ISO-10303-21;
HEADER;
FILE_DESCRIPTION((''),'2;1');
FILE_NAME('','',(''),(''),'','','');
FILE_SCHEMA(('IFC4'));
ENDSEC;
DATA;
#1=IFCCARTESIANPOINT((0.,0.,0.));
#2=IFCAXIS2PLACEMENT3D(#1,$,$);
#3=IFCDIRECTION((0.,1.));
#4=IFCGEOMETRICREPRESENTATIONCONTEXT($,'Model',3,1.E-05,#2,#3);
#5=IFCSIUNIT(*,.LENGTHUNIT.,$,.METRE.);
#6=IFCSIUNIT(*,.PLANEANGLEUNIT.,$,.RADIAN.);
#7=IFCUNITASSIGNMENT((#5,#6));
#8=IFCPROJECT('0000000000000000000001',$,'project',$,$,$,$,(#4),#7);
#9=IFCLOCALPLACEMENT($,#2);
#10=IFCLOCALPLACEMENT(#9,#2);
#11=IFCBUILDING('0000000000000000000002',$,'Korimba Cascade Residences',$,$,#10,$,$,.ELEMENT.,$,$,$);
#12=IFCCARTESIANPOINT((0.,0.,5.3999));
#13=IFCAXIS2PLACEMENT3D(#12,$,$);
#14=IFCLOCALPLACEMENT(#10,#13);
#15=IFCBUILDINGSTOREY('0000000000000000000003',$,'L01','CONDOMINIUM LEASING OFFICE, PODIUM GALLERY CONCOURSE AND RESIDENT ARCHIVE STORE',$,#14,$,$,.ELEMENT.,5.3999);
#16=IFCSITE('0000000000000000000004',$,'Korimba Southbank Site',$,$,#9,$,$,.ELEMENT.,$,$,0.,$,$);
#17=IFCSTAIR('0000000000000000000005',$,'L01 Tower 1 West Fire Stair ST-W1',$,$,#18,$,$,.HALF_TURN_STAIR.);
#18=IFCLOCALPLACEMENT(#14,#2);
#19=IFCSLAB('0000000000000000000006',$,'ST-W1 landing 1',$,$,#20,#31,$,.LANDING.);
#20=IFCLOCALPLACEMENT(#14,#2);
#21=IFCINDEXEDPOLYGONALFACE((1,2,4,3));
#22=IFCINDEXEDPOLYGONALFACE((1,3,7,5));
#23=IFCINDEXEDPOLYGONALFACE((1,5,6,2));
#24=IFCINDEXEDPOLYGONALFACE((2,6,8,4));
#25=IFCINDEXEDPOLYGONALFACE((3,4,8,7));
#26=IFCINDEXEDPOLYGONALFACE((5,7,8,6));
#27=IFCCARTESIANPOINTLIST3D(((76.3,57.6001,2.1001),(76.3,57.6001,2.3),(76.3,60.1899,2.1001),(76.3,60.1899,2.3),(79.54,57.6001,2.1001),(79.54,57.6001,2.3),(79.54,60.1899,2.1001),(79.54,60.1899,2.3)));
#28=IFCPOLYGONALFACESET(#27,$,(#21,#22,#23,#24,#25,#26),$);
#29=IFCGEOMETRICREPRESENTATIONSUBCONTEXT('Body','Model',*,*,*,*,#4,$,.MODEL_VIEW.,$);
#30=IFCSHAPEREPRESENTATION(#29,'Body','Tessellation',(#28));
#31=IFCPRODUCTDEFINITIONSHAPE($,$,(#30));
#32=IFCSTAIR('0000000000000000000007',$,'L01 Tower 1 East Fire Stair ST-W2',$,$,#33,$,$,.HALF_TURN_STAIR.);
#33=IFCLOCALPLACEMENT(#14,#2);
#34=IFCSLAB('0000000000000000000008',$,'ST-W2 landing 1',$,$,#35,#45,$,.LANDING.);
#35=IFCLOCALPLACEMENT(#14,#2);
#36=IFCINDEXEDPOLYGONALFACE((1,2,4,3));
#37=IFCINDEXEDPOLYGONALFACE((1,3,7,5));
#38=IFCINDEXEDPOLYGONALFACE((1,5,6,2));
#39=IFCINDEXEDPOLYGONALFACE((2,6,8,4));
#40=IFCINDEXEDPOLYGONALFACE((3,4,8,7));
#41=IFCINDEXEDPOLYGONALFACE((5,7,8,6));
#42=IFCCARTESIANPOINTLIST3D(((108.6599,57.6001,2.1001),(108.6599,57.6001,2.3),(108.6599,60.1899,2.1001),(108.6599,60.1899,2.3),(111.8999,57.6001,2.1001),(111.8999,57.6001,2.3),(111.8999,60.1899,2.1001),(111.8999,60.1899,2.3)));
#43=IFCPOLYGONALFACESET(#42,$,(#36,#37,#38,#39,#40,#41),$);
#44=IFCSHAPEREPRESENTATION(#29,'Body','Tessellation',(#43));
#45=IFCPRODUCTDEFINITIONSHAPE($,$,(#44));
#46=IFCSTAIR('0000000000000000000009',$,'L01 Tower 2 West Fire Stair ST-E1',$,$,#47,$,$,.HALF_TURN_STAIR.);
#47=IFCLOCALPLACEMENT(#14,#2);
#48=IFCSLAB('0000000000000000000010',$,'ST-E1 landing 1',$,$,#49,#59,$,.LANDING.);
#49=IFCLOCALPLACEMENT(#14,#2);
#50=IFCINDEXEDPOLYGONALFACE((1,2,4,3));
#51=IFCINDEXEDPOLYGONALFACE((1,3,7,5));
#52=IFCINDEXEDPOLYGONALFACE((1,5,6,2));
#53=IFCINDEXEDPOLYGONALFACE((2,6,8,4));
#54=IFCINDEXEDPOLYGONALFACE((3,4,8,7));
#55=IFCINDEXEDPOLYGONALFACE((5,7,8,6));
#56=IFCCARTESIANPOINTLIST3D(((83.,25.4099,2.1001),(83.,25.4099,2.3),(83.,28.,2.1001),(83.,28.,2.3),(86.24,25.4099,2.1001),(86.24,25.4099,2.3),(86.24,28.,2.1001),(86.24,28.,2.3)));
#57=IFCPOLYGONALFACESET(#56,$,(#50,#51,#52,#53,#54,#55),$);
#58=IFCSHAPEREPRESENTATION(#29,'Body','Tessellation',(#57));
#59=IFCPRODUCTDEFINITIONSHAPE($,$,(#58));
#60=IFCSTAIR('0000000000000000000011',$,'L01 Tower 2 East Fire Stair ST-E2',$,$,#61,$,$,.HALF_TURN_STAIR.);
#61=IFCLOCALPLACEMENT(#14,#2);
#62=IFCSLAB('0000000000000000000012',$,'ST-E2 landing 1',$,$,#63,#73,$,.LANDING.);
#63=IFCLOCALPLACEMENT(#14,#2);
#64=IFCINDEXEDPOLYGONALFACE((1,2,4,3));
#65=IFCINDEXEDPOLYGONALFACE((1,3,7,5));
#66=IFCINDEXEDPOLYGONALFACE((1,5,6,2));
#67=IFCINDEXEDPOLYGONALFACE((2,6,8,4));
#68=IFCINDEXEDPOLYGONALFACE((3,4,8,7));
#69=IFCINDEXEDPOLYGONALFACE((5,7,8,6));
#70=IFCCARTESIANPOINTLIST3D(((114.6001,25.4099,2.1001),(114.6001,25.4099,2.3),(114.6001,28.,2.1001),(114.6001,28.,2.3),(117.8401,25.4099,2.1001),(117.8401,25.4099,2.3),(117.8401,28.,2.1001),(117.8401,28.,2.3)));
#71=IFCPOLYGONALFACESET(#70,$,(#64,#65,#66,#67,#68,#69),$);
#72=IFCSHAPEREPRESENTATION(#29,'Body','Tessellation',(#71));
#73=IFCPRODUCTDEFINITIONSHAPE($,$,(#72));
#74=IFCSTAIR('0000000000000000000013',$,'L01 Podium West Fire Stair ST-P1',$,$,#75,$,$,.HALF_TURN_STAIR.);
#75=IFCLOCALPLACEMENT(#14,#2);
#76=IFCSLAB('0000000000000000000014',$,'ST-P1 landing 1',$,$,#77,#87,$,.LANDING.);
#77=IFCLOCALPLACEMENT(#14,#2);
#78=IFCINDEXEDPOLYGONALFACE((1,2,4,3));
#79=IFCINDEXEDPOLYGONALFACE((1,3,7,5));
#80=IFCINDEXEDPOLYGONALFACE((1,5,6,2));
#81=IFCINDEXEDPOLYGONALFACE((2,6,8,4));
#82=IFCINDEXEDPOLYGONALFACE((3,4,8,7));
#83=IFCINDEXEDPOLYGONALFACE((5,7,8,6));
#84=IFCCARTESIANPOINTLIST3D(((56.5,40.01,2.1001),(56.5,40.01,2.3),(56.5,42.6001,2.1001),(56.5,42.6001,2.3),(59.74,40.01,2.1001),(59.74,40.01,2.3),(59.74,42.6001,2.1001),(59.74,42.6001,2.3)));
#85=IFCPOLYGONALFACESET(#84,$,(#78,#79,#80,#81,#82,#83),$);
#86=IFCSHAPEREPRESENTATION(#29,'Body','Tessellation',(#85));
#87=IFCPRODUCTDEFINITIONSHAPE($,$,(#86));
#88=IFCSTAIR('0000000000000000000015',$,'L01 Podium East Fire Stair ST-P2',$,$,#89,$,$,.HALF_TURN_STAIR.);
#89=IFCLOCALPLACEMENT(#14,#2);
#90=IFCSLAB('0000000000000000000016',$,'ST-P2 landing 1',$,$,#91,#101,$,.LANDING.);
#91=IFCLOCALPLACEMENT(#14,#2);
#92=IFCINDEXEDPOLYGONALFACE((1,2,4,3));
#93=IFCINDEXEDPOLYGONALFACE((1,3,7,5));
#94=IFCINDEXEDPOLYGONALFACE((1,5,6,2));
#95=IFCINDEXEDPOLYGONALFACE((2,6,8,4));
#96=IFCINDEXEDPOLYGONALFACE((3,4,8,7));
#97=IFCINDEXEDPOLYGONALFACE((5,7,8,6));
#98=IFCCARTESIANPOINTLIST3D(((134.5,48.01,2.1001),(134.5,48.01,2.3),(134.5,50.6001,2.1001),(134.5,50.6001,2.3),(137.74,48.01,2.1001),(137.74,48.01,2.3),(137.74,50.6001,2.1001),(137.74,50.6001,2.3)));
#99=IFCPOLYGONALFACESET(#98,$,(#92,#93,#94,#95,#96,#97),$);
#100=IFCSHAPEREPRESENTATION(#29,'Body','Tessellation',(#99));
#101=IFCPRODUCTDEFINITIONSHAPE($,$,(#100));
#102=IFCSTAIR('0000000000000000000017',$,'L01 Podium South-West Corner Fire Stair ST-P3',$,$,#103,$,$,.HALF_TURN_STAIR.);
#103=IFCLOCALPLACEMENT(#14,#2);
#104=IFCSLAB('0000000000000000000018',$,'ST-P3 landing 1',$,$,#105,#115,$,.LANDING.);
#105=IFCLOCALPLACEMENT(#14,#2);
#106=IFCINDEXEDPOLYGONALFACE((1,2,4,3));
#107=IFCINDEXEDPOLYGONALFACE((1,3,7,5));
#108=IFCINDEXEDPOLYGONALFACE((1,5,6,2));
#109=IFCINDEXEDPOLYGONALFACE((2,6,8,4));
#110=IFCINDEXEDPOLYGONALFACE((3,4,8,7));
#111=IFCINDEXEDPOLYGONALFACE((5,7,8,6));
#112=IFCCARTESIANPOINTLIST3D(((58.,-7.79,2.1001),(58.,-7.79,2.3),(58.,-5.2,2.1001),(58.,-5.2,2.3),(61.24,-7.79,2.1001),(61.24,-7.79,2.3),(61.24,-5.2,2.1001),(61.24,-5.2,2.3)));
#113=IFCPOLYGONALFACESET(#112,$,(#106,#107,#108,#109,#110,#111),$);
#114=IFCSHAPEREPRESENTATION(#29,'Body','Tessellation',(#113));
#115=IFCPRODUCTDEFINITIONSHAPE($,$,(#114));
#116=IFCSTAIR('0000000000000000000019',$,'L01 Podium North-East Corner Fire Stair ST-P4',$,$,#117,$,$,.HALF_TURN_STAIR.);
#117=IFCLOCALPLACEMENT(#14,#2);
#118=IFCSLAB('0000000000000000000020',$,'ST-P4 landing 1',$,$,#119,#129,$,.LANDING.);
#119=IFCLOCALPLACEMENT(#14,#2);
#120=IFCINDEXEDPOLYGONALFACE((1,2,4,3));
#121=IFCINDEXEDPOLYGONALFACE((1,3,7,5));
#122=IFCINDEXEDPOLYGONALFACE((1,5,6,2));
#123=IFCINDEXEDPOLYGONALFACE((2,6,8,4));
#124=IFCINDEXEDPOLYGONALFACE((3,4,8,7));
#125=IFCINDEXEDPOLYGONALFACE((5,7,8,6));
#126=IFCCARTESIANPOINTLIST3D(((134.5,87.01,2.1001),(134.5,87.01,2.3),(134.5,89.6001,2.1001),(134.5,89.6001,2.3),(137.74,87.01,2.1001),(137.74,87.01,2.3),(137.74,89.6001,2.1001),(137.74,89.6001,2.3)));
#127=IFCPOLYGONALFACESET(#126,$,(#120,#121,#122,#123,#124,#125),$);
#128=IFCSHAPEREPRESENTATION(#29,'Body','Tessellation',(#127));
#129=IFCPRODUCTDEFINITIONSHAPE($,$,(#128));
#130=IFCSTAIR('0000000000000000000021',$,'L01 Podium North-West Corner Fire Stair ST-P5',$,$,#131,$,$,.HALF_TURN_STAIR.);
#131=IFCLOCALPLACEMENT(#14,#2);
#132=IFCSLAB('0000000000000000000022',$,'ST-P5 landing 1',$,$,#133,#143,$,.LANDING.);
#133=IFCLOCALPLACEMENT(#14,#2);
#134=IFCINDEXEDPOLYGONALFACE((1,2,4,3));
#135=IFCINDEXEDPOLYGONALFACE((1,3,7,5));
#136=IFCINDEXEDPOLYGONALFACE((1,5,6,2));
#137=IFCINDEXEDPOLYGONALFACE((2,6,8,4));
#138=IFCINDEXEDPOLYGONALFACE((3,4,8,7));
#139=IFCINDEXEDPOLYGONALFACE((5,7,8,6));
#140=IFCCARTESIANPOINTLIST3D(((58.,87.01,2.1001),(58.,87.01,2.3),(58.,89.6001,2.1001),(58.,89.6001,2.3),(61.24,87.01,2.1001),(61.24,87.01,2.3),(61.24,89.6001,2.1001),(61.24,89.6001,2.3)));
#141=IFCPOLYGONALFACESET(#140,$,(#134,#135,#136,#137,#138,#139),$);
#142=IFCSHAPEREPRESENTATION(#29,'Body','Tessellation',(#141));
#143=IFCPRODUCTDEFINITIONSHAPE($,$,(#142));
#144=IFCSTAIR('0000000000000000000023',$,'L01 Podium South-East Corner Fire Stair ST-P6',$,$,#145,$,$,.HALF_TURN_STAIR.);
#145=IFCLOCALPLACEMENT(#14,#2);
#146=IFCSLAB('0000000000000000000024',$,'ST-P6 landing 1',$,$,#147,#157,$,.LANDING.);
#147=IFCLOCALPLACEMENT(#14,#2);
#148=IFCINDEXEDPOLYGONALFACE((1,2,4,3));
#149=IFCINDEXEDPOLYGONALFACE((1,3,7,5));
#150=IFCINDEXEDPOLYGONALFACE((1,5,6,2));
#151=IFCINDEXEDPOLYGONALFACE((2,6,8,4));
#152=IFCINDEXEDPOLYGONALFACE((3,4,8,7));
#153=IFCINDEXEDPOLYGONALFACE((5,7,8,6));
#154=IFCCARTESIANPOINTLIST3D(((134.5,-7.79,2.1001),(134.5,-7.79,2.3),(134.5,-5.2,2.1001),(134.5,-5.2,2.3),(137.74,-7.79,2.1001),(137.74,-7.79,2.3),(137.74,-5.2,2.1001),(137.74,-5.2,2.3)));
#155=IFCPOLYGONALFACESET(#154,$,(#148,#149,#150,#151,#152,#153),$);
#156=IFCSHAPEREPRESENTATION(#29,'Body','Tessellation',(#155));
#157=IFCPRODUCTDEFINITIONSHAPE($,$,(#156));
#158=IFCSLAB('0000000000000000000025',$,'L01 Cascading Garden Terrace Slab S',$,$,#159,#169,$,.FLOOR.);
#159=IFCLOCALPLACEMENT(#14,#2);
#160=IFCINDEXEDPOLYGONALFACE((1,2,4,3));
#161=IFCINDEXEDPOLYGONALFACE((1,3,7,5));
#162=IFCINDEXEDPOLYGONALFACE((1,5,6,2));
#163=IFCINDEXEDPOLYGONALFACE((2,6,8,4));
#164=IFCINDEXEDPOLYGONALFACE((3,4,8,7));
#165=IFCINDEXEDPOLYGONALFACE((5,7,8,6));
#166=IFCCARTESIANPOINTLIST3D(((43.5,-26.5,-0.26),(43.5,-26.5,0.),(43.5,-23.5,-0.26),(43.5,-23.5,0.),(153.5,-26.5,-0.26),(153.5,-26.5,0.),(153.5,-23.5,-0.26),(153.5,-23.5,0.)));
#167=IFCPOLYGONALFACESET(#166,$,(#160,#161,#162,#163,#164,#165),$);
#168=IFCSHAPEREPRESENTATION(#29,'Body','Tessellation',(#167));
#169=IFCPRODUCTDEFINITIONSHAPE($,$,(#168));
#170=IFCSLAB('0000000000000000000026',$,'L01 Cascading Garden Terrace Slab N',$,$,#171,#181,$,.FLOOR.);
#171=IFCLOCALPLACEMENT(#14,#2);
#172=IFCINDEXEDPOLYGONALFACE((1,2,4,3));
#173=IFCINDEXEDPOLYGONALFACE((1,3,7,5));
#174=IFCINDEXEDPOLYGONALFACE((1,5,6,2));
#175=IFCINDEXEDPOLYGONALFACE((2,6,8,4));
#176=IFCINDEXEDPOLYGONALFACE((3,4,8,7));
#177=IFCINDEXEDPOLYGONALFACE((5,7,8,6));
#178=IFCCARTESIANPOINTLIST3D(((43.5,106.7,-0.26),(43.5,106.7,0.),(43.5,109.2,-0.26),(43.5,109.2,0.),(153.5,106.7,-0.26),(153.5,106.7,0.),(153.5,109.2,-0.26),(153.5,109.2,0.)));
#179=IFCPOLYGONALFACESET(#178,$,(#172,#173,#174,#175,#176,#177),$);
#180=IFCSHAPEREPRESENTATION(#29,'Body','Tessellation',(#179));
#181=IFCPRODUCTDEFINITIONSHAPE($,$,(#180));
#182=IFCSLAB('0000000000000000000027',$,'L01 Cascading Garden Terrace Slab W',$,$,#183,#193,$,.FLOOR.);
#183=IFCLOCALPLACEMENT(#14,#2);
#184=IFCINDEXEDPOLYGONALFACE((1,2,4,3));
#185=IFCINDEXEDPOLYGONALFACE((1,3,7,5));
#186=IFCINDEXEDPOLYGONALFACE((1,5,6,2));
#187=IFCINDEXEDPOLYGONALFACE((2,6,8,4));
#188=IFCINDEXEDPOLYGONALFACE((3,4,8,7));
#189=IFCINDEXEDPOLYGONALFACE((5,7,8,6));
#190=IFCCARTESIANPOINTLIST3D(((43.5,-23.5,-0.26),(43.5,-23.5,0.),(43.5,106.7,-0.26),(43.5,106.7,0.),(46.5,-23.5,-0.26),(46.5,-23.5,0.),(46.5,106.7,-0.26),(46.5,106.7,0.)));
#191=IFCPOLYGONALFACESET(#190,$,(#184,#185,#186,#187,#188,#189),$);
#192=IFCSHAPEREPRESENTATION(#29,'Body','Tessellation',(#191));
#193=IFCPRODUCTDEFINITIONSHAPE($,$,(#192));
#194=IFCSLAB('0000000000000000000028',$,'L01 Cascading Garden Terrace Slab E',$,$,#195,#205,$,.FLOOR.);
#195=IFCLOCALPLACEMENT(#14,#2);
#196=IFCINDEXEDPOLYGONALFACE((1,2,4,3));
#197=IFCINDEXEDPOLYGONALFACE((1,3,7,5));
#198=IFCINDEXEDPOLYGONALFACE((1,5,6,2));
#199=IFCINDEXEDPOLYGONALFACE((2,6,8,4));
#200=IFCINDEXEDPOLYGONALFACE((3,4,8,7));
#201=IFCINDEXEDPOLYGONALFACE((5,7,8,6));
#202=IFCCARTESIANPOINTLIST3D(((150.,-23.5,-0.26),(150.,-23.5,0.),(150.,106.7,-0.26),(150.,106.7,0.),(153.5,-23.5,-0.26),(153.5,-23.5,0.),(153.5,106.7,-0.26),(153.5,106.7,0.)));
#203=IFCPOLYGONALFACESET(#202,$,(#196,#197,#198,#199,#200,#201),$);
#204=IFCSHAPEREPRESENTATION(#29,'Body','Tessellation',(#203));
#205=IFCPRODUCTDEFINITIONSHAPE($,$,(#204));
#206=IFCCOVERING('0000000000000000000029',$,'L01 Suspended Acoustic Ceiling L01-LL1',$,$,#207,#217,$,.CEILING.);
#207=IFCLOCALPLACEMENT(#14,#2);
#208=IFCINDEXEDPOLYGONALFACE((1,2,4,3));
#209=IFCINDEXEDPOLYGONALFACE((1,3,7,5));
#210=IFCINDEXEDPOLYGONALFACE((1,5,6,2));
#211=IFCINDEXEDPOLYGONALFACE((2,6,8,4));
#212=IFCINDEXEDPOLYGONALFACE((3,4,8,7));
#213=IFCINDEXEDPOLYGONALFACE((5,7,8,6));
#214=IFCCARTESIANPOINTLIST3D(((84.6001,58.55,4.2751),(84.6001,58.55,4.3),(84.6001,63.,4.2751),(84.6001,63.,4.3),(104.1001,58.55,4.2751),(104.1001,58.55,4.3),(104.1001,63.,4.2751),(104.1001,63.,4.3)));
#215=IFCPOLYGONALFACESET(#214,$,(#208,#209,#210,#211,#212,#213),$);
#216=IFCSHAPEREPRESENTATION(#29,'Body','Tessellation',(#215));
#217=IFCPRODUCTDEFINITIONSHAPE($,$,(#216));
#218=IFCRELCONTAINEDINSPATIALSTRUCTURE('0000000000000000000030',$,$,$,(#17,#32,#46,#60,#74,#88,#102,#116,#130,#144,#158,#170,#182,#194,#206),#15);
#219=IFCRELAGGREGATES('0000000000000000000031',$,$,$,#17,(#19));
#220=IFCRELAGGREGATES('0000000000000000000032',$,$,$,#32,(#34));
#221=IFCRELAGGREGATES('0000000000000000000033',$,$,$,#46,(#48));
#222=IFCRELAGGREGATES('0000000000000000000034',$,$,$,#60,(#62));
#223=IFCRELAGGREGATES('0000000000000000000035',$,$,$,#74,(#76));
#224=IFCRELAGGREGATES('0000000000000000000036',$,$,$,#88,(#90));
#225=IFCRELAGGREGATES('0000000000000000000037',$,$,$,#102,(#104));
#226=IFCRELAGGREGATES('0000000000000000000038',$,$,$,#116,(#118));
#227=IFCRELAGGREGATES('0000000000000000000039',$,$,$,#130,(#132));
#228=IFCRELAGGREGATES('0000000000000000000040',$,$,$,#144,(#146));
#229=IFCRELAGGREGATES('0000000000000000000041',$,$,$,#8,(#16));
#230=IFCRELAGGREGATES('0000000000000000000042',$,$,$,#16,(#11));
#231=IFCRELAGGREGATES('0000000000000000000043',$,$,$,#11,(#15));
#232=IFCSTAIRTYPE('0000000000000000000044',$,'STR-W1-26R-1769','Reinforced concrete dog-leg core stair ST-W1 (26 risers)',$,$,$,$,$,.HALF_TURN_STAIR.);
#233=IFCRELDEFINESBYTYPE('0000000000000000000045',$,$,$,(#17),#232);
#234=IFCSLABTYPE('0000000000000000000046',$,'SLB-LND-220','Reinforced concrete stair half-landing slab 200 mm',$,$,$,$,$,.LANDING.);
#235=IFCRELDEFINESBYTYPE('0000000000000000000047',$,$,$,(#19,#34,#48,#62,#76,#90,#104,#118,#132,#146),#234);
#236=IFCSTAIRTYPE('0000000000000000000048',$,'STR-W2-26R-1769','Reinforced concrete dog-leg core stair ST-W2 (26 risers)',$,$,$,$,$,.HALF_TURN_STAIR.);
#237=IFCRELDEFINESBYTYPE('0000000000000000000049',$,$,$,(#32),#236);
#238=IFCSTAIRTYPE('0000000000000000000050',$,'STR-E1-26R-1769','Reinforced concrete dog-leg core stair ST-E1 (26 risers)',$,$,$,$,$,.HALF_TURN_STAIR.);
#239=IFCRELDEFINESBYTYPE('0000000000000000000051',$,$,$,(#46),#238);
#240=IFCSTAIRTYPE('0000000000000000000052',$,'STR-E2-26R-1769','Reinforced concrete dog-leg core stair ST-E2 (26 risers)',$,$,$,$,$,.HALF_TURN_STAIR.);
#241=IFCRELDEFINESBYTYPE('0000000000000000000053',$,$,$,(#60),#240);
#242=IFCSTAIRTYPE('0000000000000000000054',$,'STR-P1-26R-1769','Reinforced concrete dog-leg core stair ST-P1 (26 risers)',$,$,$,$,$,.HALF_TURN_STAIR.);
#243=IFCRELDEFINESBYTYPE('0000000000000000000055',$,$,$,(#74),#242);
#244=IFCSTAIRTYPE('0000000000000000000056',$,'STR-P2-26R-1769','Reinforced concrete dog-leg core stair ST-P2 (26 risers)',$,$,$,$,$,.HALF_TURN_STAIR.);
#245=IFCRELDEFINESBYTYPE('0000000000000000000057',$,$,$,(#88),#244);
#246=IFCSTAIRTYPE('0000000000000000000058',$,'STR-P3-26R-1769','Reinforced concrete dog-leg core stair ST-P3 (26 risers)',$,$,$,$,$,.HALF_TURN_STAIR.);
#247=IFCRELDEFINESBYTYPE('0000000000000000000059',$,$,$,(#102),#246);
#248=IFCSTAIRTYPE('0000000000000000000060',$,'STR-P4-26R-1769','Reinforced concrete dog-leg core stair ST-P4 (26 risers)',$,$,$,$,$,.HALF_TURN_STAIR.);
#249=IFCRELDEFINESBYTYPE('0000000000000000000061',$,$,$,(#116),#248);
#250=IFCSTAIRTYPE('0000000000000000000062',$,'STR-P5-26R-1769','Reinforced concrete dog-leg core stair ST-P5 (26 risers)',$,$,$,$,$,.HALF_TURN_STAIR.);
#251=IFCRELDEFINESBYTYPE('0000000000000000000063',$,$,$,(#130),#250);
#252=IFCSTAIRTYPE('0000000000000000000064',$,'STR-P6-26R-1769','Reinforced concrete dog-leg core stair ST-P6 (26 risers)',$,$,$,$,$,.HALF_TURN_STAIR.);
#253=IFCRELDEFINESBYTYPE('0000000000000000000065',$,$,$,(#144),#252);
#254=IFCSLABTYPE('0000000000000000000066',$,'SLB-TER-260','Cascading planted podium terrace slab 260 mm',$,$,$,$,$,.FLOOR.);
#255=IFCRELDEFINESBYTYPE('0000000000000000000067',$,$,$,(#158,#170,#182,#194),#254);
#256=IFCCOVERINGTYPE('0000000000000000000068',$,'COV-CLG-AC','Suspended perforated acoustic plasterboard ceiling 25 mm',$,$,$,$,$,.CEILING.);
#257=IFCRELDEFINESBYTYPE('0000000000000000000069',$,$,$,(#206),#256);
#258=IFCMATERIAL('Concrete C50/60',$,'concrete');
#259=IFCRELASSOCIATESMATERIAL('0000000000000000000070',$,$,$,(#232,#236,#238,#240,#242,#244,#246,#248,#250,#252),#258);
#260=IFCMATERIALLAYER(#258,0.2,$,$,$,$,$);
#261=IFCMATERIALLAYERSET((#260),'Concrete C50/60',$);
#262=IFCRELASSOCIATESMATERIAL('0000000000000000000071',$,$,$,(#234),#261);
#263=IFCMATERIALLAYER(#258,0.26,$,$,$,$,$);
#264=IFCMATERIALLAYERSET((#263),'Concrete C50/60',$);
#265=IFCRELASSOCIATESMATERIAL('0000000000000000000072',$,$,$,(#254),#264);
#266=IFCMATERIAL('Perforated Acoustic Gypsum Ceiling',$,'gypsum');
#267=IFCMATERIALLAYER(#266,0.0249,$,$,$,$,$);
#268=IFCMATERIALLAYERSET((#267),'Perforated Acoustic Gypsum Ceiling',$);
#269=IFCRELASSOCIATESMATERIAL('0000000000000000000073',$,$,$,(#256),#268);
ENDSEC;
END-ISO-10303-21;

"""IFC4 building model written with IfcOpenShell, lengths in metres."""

from ifc_helpers import new_model, si_unit, direction, frame, origin, place, context, subcontext, project, spatial, polyline, outline, extrude, material, layer, layer_set, type_object, element, aggregate, save


model = new_model("IFC4")

# Units and contexts
model_context = context("Model", 3, precision=1e-05, world=origin(), true_north=direction((0.0, 1.0)))
body_context = subcontext(model_context, "Body", "Model", "MODEL_VIEW")
ifc_project = project(units=[si_unit("LENGTHUNIT", "METRE"), si_unit("PLANEANGLEUNIT", "RADIAN")], contexts=[model_context])

# Site, building, storey
site_placement = place(None, origin())
site = spatial("IfcSite", under=ifc_project, at=site_placement, Name="Korimba Southbank Site", CompositionType="ELEMENT", RefElevation=0.0)
building_placement = place(site_placement, origin())
building = spatial("IfcBuilding", under=site, at=building_placement, Name="Korimba Cascade Residences", CompositionType="ELEMENT")
storey_placement = place(building_placement, frame((0.0, 0.0, 5.3999)))
storey = spatial("IfcBuildingStorey", under=building, at=storey_placement, Name="L01", Description="CONDOMINIUM LEASING OFFICE, PODIUM GALLERY CONCOURSE AND RESIDENT ARCHIVE STORE", CompositionType="ELEMENT", Elevation=5.3999)

# Stairs, slabs
ifc_material_1 = material(Name="Concrete C50/60", Category="concrete")
stair_type_1 = type_object("IfcStairType", Name="STR-W1-26R-1769", Description="Reinforced concrete dog-leg core stair ST-W1 (26 risers)", PredefinedType="HALF_TURN_STAIR", material=ifc_material_1)
stair_1_placement = place(storey_placement, origin())
stair_1 = element("IfcStair", 1, at=stair_1_placement, inside=storey, type_object=stair_type_1, Name="L01 Tower 1 West Fire Stair ST-W1", PredefinedType="HALF_TURN_STAIR")
ifc_layer_1 = layer(ifc_material_1, 0.2)
ifc_layer_set_1 = layer_set([ifc_layer_1], Name="Concrete C50/60")
slab_type_1 = type_object("IfcSlabType", Name="SLB-LND-220", Description="Reinforced concrete stair half-landing slab 200 mm", PredefinedType="LANDING", material=ifc_layer_set_1)
slab_1_placement = place(storey_placement, frame((0.0, 0.0, 2.1001)))
slab_1 = element("IfcSlab", 2, at=slab_1_placement, type_object=slab_type_1, Name="ST-W1 landing 1", PredefinedType="LANDING", context=body_context, shape_type="SweptSolid", body=[
    extrude(outline(polyline([(76.3, 60.1899), (76.3, 57.6001), (79.54, 57.6001), (79.54, 60.1899), (76.3, 60.1899)])), origin(), (0.0, 0.0, 1.0), 0.2),
])
aggregate(stair_1, [slab_1])
stair_type_2 = type_object("IfcStairType", Name="STR-W2-26R-1769", Description="Reinforced concrete dog-leg core stair ST-W2 (26 risers)", PredefinedType="HALF_TURN_STAIR", material=ifc_material_1)
stair_2_placement = place(storey_placement, origin())
stair_2 = element("IfcStair", 3, at=stair_2_placement, inside=storey, type_object=stair_type_2, Name="L01 Tower 1 East Fire Stair ST-W2", PredefinedType="HALF_TURN_STAIR")
slab_2_placement = place(storey_placement, frame((0.0, 0.0, 2.1001)))
slab_2 = element("IfcSlab", 4, at=slab_2_placement, type_object=slab_type_1, Name="ST-W2 landing 1", PredefinedType="LANDING", context=body_context, shape_type="SweptSolid", body=[
    extrude(outline(polyline([(108.6599, 60.1899), (108.6599, 57.6001), (111.8999, 57.6001), (111.8999, 60.1899), (108.6599, 60.1899)])), origin(), (0.0, 0.0, 1.0), 0.2),
])
aggregate(stair_2, [slab_2])
stair_type_3 = type_object("IfcStairType", Name="STR-E1-26R-1769", Description="Reinforced concrete dog-leg core stair ST-E1 (26 risers)", PredefinedType="HALF_TURN_STAIR", material=ifc_material_1)
stair_3_placement = place(storey_placement, origin())
stair_3 = element("IfcStair", 5, at=stair_3_placement, inside=storey, type_object=stair_type_3, Name="L01 Tower 2 West Fire Stair ST-E1", PredefinedType="HALF_TURN_STAIR")
slab_3_placement = place(storey_placement, frame((0.0, 0.0, 2.1001)))
slab_3 = element("IfcSlab", 6, at=slab_3_placement, type_object=slab_type_1, Name="ST-E1 landing 1", PredefinedType="LANDING", context=body_context, shape_type="SweptSolid", body=[
    extrude(outline(polyline([(86.24, 25.4099), (86.24, 28.0), (83.0, 28.0), (83.0, 25.4099), (86.24, 25.4099)])), origin(), (0.0, 0.0, 1.0), 0.2),
])
aggregate(stair_3, [slab_3])
stair_type_4 = type_object("IfcStairType", Name="STR-E2-26R-1769", Description="Reinforced concrete dog-leg core stair ST-E2 (26 risers)", PredefinedType="HALF_TURN_STAIR", material=ifc_material_1)
stair_4_placement = place(storey_placement, origin())
stair_4 = element("IfcStair", 7, at=stair_4_placement, inside=storey, type_object=stair_type_4, Name="L01 Tower 2 East Fire Stair ST-E2", PredefinedType="HALF_TURN_STAIR")
slab_4_placement = place(storey_placement, frame((0.0, 0.0, 2.1001)))
slab_4 = element("IfcSlab", 8, at=slab_4_placement, type_object=slab_type_1, Name="ST-E2 landing 1", PredefinedType="LANDING", context=body_context, shape_type="SweptSolid", body=[
    extrude(outline(polyline([(117.8401, 25.4099), (117.8401, 28.0), (114.6001, 28.0), (114.6001, 25.4099), (117.8401, 25.4099)])), origin(), (0.0, 0.0, 1.0), 0.2),
])
aggregate(stair_4, [slab_4])
stair_type_5 = type_object("IfcStairType", Name="STR-P1-26R-1769", Description="Reinforced concrete dog-leg core stair ST-P1 (26 risers)", PredefinedType="HALF_TURN_STAIR", material=ifc_material_1)
stair_5_placement = place(storey_placement, origin())
stair_5 = element("IfcStair", 9, at=stair_5_placement, inside=storey, type_object=stair_type_5, Name="L01 Podium West Fire Stair ST-P1", PredefinedType="HALF_TURN_STAIR")
slab_5_placement = place(storey_placement, frame((0.0, 0.0, 2.1001)))
slab_5 = element("IfcSlab", 10, at=slab_5_placement, type_object=slab_type_1, Name="ST-P1 landing 1", PredefinedType="LANDING", context=body_context, shape_type="SweptSolid", body=[
    extrude(outline(polyline([(59.74, 40.01), (59.74, 42.6001), (56.5, 42.6001), (56.5, 40.01), (59.74, 40.01)])), origin(), (0.0, 0.0, 1.0), 0.2),
])
aggregate(stair_5, [slab_5])
stair_type_6 = type_object("IfcStairType", Name="STR-P2-26R-1769", Description="Reinforced concrete dog-leg core stair ST-P2 (26 risers)", PredefinedType="HALF_TURN_STAIR", material=ifc_material_1)
stair_6_placement = place(storey_placement, origin())
stair_6 = element("IfcStair", 11, at=stair_6_placement, inside=storey, type_object=stair_type_6, Name="L01 Podium East Fire Stair ST-P2", PredefinedType="HALF_TURN_STAIR")
slab_6_placement = place(storey_placement, frame((0.0, 0.0, 2.1001)))
slab_6 = element("IfcSlab", 12, at=slab_6_placement, type_object=slab_type_1, Name="ST-P2 landing 1", PredefinedType="LANDING", context=body_context, shape_type="SweptSolid", body=[
    extrude(outline(polyline([(137.74, 48.01), (137.74, 50.6001), (134.5, 50.6001), (134.5, 48.01), (137.74, 48.01)])), origin(), (0.0, 0.0, 1.0), 0.2),
])
aggregate(stair_6, [slab_6])
stair_type_7 = type_object("IfcStairType", Name="STR-P3-26R-1769", Description="Reinforced concrete dog-leg core stair ST-P3 (26 risers)", PredefinedType="HALF_TURN_STAIR", material=ifc_material_1)
stair_7_placement = place(storey_placement, origin())
stair_7 = element("IfcStair", 13, at=stair_7_placement, inside=storey, type_object=stair_type_7, Name="L01 Podium South-West Corner Fire Stair ST-P3", PredefinedType="HALF_TURN_STAIR")
slab_7_placement = place(storey_placement, frame((0.0, 0.0, 2.1001)))
slab_7 = element("IfcSlab", 14, at=slab_7_placement, type_object=slab_type_1, Name="ST-P3 landing 1", PredefinedType="LANDING", context=body_context, shape_type="SweptSolid", body=[
    extrude(outline(polyline([(61.24, -7.79), (61.24, -5.2), (58.0, -5.2), (58.0, -7.79), (61.24, -7.79)])), origin(), (0.0, 0.0, 1.0), 0.2),
])
aggregate(stair_7, [slab_7])
stair_type_8 = type_object("IfcStairType", Name="STR-P4-26R-1769", Description="Reinforced concrete dog-leg core stair ST-P4 (26 risers)", PredefinedType="HALF_TURN_STAIR", material=ifc_material_1)
stair_8_placement = place(storey_placement, origin())
stair_8 = element("IfcStair", 15, at=stair_8_placement, inside=storey, type_object=stair_type_8, Name="L01 Podium North-East Corner Fire Stair ST-P4", PredefinedType="HALF_TURN_STAIR")
slab_8_placement = place(storey_placement, frame((0.0, 0.0, 2.1001)))
slab_8 = element("IfcSlab", 16, at=slab_8_placement, type_object=slab_type_1, Name="ST-P4 landing 1", PredefinedType="LANDING", context=body_context, shape_type="SweptSolid", body=[
    extrude(outline(polyline([(137.74, 87.01), (137.74, 89.6001), (134.5, 89.6001), (134.5, 87.01), (137.74, 87.01)])), origin(), (0.0, 0.0, 1.0), 0.2),
])
aggregate(stair_8, [slab_8])
stair_type_9 = type_object("IfcStairType", Name="STR-P5-26R-1769", Description="Reinforced concrete dog-leg core stair ST-P5 (26 risers)", PredefinedType="HALF_TURN_STAIR", material=ifc_material_1)
stair_9_placement = place(storey_placement, origin())
stair_9 = element("IfcStair", 17, at=stair_9_placement, inside=storey, type_object=stair_type_9, Name="L01 Podium North-West Corner Fire Stair ST-P5", PredefinedType="HALF_TURN_STAIR")
slab_9_placement = place(storey_placement, frame((0.0, 0.0, 2.1001)))
slab_9 = element("IfcSlab", 18, at=slab_9_placement, type_object=slab_type_1, Name="ST-P5 landing 1", PredefinedType="LANDING", context=body_context, shape_type="SweptSolid", body=[
    extrude(outline(polyline([(61.24, 87.01), (61.24, 89.6001), (58.0, 89.6001), (58.0, 87.01), (61.24, 87.01)])), origin(), (0.0, 0.0, 1.0), 0.2),
])
aggregate(stair_9, [slab_9])
stair_type_10 = type_object("IfcStairType", Name="STR-P6-26R-1769", Description="Reinforced concrete dog-leg core stair ST-P6 (26 risers)", PredefinedType="HALF_TURN_STAIR", material=ifc_material_1)
stair_10_placement = place(storey_placement, origin())
stair_10 = element("IfcStair", 19, at=stair_10_placement, inside=storey, type_object=stair_type_10, Name="L01 Podium South-East Corner Fire Stair ST-P6", PredefinedType="HALF_TURN_STAIR")
slab_10_placement = place(storey_placement, frame((0.0, 0.0, 2.1001)))
slab_10 = element("IfcSlab", 20, at=slab_10_placement, type_object=slab_type_1, Name="ST-P6 landing 1", PredefinedType="LANDING", context=body_context, shape_type="SweptSolid", body=[
    extrude(outline(polyline([(137.74, -7.79), (137.74, -5.2), (134.5, -5.2), (134.5, -7.79), (137.74, -7.79)])), origin(), (0.0, 0.0, 1.0), 0.2),
])
aggregate(stair_10, [slab_10])

# Slabs
ifc_layer_2 = layer(ifc_material_1, 0.26)
ifc_layer_set_2 = layer_set([ifc_layer_2], Name="Concrete C50/60")
slab_type_2 = type_object("IfcSlabType", Name="SLB-TER-260", Description="Cascading planted podium terrace slab 260 mm", PredefinedType="FLOOR", material=ifc_layer_set_2)
slab_11_placement = place(storey_placement, frame((0.0, 0.0, -0.26)))
element("IfcSlab", 21, at=slab_11_placement, inside=storey, type_object=slab_type_2, Name="L01 Cascading Garden Terrace Slab S", PredefinedType="FLOOR", context=body_context, shape_type="SweptSolid", body=[
    extrude(outline(polyline([(43.5, -26.5), (153.5, -26.5), (153.5, -23.5), (43.5, -23.5), (43.5, -26.5)])), origin(), (0.0, 0.0, 1.0), 0.26),
])
slab_12_placement = place(storey_placement, frame((0.0, 0.0, -0.26)))
element("IfcSlab", 22, at=slab_12_placement, inside=storey, type_object=slab_type_2, Name="L01 Cascading Garden Terrace Slab N", PredefinedType="FLOOR", context=body_context, shape_type="SweptSolid", body=[
    extrude(outline(polyline([(43.5, 106.7), (153.5, 106.7), (153.5, 109.2), (43.5, 109.2), (43.5, 106.7)])), origin(), (0.0, 0.0, 1.0), 0.26),
])
slab_13_placement = place(storey_placement, frame((0.0, 0.0, -0.26)))
element("IfcSlab", 23, at=slab_13_placement, inside=storey, type_object=slab_type_2, Name="L01 Cascading Garden Terrace Slab W", PredefinedType="FLOOR", context=body_context, shape_type="SweptSolid", body=[
    extrude(outline(polyline([(43.5, -23.5), (46.5, -23.5), (46.5, 106.7), (43.5, 106.7), (43.5, -23.5)])), origin(), (0.0, 0.0, 1.0), 0.26),
])
slab_14_placement = place(storey_placement, frame((0.0, 0.0, -0.26)))
element("IfcSlab", 24, at=slab_14_placement, inside=storey, type_object=slab_type_2, Name="L01 Cascading Garden Terrace Slab E", PredefinedType="FLOOR", context=body_context, shape_type="SweptSolid", body=[
    extrude(outline(polyline([(150.0, -23.5), (153.5, -23.5), (153.5, 106.7), (150.0, 106.7), (150.0, -23.5)])), origin(), (0.0, 0.0, 1.0), 0.26),
])

# Covering
ifc_material_2 = material(Name="Perforated Acoustic Gypsum Ceiling", Category="gypsum")
ifc_layer_3 = layer(ifc_material_2, 0.0249)
ifc_layer_set_3 = layer_set([ifc_layer_3], Name="Perforated Acoustic Gypsum Ceiling")
covering_type_1 = type_object("IfcCoveringType", Name="COV-CLG-AC", Description="Suspended perforated acoustic plasterboard ceiling 25 mm", PredefinedType="CEILING", material=ifc_layer_set_3)
covering_1_placement = place(storey_placement, frame((0.0, 0.0, 4.2751)))
element("IfcCovering", 25, at=covering_1_placement, inside=storey, type_object=covering_type_1, Name="L01 Suspended Acoustic Ceiling L01-LL1", PredefinedType="CEILING", context=body_context, shape_type="SweptSolid", body=[
    extrude(outline(polyline([(84.6001, 58.55), (104.1001, 58.55), (104.1001, 63.0), (84.6001, 63.0), (84.6001, 58.55)])), origin(), (0.0, 0.0, 1.0), 0.0249),
])

save(model, "model.ifc")
